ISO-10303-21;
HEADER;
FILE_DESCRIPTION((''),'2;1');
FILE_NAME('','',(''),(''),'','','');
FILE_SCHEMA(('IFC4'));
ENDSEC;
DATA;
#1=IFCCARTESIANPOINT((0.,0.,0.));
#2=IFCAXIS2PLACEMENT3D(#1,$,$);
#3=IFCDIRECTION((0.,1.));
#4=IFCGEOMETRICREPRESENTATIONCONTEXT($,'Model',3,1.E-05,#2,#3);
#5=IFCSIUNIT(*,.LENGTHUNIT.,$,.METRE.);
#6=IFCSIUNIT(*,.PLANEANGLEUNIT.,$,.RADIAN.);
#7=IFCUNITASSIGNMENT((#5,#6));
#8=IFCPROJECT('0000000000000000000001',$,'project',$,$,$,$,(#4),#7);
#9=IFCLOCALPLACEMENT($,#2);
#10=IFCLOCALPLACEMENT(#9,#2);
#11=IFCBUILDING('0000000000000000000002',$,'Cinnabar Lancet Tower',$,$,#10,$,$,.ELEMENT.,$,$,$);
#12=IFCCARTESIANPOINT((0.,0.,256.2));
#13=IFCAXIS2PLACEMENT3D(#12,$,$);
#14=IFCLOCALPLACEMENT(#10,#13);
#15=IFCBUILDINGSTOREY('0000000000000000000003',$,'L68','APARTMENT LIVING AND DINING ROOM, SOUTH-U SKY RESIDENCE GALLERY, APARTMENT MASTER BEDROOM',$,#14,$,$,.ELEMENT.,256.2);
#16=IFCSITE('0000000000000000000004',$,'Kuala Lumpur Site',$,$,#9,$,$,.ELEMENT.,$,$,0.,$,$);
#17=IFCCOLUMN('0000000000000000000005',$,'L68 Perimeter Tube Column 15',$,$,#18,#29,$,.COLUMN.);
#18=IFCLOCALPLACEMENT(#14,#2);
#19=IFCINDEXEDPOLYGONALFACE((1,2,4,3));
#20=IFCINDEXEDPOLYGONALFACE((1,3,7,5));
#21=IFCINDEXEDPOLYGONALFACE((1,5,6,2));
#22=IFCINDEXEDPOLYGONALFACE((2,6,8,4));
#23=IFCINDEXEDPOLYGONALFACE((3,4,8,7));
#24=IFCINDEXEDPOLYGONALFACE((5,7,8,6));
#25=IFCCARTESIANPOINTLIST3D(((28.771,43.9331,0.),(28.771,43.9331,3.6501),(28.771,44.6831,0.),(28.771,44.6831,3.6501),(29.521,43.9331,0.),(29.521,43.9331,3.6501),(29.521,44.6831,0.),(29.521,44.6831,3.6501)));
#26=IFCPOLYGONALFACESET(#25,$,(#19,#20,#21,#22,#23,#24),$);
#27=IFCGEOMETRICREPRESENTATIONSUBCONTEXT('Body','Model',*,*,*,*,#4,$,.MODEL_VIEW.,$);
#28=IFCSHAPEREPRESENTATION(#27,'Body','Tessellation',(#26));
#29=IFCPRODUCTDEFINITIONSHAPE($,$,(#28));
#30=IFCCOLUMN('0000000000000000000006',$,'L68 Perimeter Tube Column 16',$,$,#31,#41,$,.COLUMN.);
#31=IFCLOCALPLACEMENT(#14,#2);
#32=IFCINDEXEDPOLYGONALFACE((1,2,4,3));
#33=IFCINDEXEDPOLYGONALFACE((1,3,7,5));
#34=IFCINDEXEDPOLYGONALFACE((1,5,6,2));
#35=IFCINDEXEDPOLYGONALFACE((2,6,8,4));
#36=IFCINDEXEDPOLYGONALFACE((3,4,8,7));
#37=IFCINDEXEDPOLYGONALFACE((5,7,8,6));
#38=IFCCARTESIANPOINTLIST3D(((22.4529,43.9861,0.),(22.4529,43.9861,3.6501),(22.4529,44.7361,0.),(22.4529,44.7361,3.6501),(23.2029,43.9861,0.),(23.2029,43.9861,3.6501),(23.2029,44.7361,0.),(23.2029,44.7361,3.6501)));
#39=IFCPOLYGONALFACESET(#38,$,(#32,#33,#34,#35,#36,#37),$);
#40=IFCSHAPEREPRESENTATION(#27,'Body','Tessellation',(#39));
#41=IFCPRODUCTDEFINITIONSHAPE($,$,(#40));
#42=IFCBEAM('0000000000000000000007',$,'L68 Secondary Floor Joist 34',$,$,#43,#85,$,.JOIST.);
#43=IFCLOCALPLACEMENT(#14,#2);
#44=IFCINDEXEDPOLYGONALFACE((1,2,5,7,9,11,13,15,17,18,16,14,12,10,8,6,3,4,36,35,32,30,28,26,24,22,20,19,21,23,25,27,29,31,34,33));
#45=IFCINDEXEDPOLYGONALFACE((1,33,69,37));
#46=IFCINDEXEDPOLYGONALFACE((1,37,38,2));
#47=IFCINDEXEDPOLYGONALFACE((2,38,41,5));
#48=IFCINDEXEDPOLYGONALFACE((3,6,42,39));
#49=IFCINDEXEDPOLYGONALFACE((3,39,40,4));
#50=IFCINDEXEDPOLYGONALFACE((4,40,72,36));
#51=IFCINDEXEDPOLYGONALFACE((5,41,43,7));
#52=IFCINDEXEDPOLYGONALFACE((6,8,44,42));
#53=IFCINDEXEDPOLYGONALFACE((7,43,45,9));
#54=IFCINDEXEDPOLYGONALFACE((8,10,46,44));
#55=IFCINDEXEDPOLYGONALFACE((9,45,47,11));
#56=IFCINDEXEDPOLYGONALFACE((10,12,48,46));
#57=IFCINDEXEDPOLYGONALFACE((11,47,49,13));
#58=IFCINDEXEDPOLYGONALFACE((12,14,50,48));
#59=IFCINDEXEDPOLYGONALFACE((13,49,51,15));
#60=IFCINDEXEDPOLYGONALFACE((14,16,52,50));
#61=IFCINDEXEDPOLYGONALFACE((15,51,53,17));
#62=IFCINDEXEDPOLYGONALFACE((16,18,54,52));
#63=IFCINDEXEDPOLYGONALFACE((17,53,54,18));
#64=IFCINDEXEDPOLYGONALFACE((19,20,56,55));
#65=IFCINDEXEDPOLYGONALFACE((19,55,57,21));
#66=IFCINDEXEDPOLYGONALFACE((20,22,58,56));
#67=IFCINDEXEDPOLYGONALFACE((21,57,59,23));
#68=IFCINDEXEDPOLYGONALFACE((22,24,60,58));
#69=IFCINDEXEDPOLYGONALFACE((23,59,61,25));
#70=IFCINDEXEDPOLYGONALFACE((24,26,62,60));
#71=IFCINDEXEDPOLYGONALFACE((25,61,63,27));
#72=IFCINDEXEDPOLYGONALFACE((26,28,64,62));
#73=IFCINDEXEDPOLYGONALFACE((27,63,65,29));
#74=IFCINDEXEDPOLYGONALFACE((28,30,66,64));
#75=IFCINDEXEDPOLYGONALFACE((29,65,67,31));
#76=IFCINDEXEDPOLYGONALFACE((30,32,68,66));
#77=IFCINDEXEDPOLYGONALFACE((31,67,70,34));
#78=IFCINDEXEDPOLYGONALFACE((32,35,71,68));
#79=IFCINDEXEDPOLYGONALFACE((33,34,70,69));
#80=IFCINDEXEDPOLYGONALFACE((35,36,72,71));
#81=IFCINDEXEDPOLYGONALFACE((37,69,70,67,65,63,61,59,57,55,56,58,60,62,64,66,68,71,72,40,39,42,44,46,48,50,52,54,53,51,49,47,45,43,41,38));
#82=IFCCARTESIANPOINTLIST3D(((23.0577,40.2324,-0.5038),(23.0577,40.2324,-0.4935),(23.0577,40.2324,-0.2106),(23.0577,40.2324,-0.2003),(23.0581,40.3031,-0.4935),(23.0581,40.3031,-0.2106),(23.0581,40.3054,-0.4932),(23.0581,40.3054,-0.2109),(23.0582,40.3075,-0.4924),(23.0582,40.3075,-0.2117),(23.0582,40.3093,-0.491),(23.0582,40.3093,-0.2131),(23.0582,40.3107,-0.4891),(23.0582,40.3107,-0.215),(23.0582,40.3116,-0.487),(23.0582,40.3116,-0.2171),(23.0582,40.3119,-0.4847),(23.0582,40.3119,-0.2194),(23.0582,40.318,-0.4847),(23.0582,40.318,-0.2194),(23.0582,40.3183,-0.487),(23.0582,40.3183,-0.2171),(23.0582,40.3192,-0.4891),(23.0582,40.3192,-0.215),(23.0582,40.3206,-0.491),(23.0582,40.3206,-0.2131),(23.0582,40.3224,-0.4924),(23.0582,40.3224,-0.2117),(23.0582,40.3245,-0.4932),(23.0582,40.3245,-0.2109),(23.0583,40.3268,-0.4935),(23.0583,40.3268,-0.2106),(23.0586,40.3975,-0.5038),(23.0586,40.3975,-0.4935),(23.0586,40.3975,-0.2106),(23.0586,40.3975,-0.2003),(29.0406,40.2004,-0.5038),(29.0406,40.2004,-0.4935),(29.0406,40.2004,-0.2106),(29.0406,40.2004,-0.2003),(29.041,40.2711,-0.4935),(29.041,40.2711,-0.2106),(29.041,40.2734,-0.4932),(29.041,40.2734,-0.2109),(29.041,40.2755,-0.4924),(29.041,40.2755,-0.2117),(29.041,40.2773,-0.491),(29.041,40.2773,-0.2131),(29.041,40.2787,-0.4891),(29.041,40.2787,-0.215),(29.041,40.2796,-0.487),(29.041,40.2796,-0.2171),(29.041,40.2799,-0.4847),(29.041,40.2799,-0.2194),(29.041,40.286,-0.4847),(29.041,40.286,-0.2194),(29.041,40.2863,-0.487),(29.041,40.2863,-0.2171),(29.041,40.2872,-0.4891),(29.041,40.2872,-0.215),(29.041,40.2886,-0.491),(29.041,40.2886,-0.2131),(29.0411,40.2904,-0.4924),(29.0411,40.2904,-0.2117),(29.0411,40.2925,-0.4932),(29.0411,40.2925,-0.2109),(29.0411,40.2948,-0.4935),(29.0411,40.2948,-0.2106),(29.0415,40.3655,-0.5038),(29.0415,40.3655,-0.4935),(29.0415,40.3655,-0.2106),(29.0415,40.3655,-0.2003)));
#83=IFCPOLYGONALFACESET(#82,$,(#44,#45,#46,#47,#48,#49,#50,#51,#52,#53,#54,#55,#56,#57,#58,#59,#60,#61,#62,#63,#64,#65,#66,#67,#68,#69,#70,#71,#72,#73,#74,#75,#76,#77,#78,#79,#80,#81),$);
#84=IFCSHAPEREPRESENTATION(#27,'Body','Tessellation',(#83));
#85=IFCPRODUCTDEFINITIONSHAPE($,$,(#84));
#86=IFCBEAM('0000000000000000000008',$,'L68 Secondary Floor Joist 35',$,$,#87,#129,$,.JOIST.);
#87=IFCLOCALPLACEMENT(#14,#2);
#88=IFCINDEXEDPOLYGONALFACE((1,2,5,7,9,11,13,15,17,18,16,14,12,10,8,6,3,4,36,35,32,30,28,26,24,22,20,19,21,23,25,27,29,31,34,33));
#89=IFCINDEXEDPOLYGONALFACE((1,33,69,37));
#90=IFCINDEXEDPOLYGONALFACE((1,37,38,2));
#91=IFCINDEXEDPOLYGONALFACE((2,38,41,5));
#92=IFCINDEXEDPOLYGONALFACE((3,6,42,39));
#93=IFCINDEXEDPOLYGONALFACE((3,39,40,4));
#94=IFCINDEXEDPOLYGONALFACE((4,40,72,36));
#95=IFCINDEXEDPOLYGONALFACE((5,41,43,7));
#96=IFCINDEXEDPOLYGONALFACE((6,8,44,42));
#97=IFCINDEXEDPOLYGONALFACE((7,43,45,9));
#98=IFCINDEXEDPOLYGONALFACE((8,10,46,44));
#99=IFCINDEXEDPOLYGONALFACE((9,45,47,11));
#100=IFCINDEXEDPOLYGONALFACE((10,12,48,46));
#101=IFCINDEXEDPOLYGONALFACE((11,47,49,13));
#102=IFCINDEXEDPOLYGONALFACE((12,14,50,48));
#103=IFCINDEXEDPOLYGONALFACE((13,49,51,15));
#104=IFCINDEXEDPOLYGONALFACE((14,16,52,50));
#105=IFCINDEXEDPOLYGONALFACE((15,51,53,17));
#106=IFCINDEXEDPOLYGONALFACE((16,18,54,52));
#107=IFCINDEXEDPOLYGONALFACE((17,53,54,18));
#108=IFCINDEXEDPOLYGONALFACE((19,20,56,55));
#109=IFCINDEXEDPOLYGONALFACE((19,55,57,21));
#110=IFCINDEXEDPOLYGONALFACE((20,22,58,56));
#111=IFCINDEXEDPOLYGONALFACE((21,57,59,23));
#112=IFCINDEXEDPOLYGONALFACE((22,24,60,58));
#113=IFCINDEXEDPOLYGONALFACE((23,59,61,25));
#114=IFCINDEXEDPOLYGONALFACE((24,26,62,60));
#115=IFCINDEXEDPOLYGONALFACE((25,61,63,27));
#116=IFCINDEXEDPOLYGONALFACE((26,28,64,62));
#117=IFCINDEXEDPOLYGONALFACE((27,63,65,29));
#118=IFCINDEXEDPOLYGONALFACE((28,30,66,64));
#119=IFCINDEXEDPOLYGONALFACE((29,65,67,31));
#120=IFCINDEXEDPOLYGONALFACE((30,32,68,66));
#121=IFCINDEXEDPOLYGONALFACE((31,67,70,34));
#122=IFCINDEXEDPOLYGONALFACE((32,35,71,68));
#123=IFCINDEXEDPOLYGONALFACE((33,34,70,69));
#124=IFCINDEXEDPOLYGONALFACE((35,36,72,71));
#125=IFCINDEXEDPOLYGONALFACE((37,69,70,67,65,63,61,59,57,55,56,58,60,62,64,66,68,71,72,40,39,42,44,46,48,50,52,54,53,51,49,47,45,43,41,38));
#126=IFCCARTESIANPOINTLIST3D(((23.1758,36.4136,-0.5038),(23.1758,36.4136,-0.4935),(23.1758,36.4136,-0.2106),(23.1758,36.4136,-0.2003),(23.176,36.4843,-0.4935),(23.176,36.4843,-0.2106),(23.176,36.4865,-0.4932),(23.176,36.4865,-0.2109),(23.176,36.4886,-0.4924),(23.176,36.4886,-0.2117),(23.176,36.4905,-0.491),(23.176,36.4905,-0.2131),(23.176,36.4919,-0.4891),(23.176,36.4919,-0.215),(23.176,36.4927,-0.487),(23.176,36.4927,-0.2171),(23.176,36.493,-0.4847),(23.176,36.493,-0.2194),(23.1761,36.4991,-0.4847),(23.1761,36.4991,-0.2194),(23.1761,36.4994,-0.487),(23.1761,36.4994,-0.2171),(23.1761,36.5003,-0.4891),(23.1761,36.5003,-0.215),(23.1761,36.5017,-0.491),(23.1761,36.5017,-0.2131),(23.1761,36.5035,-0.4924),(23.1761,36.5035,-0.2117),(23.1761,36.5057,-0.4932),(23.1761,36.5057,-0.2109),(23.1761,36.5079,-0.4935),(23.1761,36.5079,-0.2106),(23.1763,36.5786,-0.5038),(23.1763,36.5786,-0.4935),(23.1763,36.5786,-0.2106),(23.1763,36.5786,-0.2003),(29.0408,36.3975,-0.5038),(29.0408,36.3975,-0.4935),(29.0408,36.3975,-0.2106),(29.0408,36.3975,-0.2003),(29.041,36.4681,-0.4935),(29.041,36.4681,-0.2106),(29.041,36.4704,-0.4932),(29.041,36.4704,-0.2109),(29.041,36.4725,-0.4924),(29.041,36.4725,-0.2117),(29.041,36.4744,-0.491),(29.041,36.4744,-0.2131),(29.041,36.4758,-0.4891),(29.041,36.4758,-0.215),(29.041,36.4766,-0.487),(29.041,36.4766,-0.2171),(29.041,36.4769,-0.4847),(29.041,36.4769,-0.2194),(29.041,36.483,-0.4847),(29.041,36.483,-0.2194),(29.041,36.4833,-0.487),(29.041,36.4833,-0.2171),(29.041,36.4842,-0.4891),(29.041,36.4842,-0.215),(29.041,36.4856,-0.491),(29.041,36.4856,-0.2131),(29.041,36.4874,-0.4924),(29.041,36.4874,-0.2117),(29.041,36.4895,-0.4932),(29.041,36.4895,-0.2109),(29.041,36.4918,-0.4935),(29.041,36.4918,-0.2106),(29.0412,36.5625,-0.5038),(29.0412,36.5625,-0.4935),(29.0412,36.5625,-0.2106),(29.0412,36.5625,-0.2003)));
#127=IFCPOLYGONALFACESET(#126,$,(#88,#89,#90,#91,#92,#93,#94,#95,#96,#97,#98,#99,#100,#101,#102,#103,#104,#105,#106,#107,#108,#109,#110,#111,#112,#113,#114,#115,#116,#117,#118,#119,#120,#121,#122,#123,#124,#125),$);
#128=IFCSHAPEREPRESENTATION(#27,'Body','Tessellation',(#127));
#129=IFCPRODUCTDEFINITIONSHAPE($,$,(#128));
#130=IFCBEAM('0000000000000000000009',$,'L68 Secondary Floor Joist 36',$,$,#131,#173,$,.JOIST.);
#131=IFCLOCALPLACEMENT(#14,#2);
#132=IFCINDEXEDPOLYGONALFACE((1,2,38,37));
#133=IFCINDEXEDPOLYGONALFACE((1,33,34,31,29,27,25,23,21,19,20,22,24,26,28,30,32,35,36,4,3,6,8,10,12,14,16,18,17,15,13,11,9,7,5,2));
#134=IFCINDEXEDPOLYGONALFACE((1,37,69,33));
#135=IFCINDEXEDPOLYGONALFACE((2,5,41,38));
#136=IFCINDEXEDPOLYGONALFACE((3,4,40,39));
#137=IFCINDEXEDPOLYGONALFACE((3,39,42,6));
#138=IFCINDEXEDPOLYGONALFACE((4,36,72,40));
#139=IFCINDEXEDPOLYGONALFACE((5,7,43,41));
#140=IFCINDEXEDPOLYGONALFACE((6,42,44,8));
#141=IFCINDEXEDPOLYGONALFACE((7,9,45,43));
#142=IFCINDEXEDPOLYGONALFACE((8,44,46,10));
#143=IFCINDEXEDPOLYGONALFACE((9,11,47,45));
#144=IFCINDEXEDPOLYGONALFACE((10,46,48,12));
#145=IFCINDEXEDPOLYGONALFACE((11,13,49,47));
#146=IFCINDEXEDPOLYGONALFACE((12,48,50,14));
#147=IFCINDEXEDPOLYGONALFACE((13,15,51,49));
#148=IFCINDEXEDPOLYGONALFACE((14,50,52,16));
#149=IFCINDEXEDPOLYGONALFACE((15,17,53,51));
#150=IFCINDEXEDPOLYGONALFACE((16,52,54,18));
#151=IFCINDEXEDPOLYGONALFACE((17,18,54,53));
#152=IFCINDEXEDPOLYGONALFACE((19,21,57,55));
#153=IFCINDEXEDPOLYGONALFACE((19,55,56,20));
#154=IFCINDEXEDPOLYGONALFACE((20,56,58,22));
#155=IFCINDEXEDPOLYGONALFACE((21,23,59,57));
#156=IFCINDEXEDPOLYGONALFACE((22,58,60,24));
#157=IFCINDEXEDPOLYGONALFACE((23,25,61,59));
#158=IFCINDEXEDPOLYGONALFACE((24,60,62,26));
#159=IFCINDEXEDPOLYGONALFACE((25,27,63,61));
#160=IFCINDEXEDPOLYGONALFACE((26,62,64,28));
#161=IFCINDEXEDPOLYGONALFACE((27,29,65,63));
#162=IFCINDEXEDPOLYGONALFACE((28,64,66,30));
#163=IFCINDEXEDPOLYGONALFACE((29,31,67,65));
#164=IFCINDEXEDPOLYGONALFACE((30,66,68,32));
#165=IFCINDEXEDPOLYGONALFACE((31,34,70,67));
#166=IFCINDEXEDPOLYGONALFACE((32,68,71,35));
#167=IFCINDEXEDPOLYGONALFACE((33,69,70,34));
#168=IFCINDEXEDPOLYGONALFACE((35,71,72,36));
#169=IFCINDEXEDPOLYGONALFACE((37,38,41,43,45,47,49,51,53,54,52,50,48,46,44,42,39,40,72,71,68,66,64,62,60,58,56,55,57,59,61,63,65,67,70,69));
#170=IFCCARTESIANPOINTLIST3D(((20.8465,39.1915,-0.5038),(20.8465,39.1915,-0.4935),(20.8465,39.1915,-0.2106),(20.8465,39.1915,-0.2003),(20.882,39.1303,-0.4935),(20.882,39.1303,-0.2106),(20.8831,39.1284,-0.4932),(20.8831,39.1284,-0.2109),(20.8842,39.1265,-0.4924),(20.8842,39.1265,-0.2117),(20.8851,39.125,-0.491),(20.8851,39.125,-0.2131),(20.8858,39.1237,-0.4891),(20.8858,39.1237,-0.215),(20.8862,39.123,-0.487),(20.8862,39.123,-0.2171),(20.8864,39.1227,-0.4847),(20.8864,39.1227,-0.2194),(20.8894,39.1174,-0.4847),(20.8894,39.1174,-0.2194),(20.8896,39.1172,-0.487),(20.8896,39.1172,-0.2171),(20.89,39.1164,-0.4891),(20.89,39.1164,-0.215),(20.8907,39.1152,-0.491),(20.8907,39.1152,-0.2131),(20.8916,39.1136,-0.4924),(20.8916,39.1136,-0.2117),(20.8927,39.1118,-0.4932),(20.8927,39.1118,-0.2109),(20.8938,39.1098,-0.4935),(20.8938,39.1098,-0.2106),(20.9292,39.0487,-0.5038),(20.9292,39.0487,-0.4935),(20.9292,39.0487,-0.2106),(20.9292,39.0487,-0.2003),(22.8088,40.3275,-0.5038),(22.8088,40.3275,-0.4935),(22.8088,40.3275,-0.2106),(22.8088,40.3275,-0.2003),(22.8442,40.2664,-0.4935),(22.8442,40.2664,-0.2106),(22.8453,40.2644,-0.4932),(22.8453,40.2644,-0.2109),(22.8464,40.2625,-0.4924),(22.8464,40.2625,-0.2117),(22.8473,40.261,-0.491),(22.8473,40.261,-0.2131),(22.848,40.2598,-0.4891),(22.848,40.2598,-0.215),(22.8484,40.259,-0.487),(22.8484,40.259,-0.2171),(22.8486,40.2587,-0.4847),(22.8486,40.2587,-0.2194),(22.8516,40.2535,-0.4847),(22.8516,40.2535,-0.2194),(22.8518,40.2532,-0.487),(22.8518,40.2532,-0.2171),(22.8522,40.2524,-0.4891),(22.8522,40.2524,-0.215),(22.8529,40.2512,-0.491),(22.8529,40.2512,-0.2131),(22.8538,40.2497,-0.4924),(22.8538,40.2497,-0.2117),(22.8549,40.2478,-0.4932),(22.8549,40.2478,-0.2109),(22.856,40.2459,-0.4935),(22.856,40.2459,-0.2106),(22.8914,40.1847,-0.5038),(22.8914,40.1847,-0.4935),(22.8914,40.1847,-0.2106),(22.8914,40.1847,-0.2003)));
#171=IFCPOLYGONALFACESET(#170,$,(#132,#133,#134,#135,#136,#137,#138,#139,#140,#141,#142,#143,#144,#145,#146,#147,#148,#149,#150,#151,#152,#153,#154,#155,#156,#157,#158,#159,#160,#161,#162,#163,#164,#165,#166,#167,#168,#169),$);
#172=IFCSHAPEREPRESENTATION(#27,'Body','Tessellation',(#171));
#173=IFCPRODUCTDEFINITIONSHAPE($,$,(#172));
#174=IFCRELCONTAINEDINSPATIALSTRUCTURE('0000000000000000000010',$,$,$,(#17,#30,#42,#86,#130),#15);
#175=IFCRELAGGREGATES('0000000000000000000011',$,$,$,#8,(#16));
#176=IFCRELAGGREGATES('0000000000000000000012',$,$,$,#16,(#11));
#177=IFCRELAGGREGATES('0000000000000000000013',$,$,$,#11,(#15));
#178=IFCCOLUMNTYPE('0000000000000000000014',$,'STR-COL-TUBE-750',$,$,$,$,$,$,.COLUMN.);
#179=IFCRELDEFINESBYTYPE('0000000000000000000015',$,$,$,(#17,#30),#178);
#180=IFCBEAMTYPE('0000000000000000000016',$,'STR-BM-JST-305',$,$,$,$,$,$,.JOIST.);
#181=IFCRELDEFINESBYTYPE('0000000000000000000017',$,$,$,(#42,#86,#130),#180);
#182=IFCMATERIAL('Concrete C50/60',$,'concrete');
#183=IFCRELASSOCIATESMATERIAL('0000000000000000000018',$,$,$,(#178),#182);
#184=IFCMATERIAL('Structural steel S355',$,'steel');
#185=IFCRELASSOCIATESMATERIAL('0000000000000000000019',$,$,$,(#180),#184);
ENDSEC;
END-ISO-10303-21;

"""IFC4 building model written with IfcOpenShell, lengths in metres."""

from ifc_helpers import new_model, si_unit, direction, frame, origin, origin_2d, place, context, subcontext, project, spatial, rectangle, i_section, extrude, material, material_profile, profile_set, type_object, element, save


model = new_model("IFC4")

# Units and contexts
model_context = context("Model", 3, precision=1e-05, world=origin(), true_north=direction((0.0, 1.0)))
body_context = subcontext(model_context, "Body", "Model", "MODEL_VIEW")
ifc_project = project(units=[si_unit("LENGTHUNIT", "METRE"), si_unit("PLANEANGLEUNIT", "RADIAN")], contexts=[model_context])

# Site, building, storey
site_placement = place(None, origin())
site = spatial("IfcSite", under=ifc_project, at=site_placement, Name="Kuala Lumpur Site", CompositionType="ELEMENT", RefElevation=0.0)
building_placement = place(site_placement, origin())
building = spatial("IfcBuilding", under=site, at=building_placement, Name="Cinnabar Lancet Tower", CompositionType="ELEMENT")
storey_placement = place(building_placement, frame((0.0, 0.0, 256.2)))
storey = spatial("IfcBuildingStorey", under=building, at=storey_placement, Name="L68", Description="APARTMENT LIVING AND DINING ROOM, SOUTH-U SKY RESIDENCE GALLERY, APARTMENT MASTER BEDROOM", CompositionType="ELEMENT", Elevation=256.2)

# Columns
ifc_material_1 = material(Name="Concrete C50/60", Category="concrete")
ifc_material_profile_1 = material_profile(ifc_material_1, rectangle(XDim=0.75, YDim=0.75, at=origin_2d()), Name="RC-COL 750x750")
ifc_profile_set_1 = profile_set([ifc_material_profile_1], Name="Concrete C50/60")
column_type = type_object("IfcColumnType", Name="STR-COL-TUBE-750", PredefinedType="COLUMN", material=ifc_profile_set_1)
for number, where, z_axis, x_axis, name in (
    (1, (29.146, 44.3081, 0.0), (0.0, 0.0, 1.0), (1.0, 0.0, 0.0), "L68 Perimeter Tube Column 15"),
    (2, (22.8279, 44.3611, 0.0), (0.0, 0.0, 1.0), (1.0, 0.0, 0.0), "L68 Perimeter Tube Column 16"),
):
    element("IfcColumn", number, at=place(storey_placement, frame(where, z_axis=z_axis, x_axis=x_axis)), inside=storey, type_object=column_type, Name=name, PredefinedType="COLUMN", context=body_context, shape_type="SweptSolid", body=[
        extrude(rectangle(XDim=0.75, YDim=0.75, at=origin_2d()), origin(), (0.0, 0.0, 1.0), 3.6501),
    ])

# Beams
ifc_material_2 = material(Name="Structural steel S355", Category="steel")
ifc_material_profile_2 = material_profile(ifc_material_2, i_section(OverallWidth=0.165, OverallDepth=0.3035, WebThickness=0.0061, FlangeThickness=0.0103, FilletRadius=0.0088, at=origin_2d()), Name="UKB 305x165x40")
ifc_profile_set_2 = profile_set([ifc_material_profile_2], Name="Structural steel S355")
beam_type_1 = type_object("IfcBeamType", Name="STR-BM-JST-305", PredefinedType="JOIST", material=ifc_profile_set_2)
beam_1_placement = place(storey_placement, frame((29.041, 40.283, -0.3521), z_axis=(-0.999986, 0.005346, 0.0), x_axis=(-0.005346, -0.999986, 0.0)))
element("IfcBeam", 3, at=beam_1_placement, inside=storey, type_object=beam_type_1, Name="L68 Secondary Floor Joist 34", PredefinedType="JOIST", context=body_context, shape_type="SweptSolid", body=[
    extrude(i_section(OverallWidth=0.165, OverallDepth=0.3035, WebThickness=0.0061, FlangeThickness=0.0103, FilletRadius=0.0088, at=origin_2d()), origin(), (0.0, 0.0, 1.0), 5.9829),
])
beam_2_placement = place(storey_placement, frame((29.041, 36.48, -0.3521), z_axis=(-0.999996, 0.002747, 0.0), x_axis=(-0.002747, -0.999996, 0.0)))
element("IfcBeam", 4, at=beam_2_placement, inside=storey, type_object=beam_type_1, Name="L68 Secondary Floor Joist 35", PredefinedType="JOIST", context=body_context, shape_type="SweptSolid", body=[
    extrude(i_section(OverallWidth=0.165, OverallDepth=0.3035, WebThickness=0.0061, FlangeThickness=0.0103, FilletRadius=0.0088, at=origin_2d()), origin(), (0.0, 0.0, 1.0), 5.865),
])
beam_3_placement = place(storey_placement, frame((22.8501, 40.2561, -0.3521), z_axis=(-0.865426, -0.501036, 0.0), x_axis=(0.501036, -0.865426, 0.0)))
element("IfcBeam", 5, at=beam_3_placement, inside=storey, type_object=beam_type_1, Name="L68 Secondary Floor Joist 36", PredefinedType="JOIST", context=body_context, shape_type="SweptSolid", body=[
    extrude(i_section(OverallWidth=0.165, OverallDepth=0.3035, WebThickness=0.0061, FlangeThickness=0.0103, FilletRadius=0.0088, at=origin_2d()), origin(), (0.0, 0.0, 1.0), 2.2673),
])

save(model, "model.ifc")
